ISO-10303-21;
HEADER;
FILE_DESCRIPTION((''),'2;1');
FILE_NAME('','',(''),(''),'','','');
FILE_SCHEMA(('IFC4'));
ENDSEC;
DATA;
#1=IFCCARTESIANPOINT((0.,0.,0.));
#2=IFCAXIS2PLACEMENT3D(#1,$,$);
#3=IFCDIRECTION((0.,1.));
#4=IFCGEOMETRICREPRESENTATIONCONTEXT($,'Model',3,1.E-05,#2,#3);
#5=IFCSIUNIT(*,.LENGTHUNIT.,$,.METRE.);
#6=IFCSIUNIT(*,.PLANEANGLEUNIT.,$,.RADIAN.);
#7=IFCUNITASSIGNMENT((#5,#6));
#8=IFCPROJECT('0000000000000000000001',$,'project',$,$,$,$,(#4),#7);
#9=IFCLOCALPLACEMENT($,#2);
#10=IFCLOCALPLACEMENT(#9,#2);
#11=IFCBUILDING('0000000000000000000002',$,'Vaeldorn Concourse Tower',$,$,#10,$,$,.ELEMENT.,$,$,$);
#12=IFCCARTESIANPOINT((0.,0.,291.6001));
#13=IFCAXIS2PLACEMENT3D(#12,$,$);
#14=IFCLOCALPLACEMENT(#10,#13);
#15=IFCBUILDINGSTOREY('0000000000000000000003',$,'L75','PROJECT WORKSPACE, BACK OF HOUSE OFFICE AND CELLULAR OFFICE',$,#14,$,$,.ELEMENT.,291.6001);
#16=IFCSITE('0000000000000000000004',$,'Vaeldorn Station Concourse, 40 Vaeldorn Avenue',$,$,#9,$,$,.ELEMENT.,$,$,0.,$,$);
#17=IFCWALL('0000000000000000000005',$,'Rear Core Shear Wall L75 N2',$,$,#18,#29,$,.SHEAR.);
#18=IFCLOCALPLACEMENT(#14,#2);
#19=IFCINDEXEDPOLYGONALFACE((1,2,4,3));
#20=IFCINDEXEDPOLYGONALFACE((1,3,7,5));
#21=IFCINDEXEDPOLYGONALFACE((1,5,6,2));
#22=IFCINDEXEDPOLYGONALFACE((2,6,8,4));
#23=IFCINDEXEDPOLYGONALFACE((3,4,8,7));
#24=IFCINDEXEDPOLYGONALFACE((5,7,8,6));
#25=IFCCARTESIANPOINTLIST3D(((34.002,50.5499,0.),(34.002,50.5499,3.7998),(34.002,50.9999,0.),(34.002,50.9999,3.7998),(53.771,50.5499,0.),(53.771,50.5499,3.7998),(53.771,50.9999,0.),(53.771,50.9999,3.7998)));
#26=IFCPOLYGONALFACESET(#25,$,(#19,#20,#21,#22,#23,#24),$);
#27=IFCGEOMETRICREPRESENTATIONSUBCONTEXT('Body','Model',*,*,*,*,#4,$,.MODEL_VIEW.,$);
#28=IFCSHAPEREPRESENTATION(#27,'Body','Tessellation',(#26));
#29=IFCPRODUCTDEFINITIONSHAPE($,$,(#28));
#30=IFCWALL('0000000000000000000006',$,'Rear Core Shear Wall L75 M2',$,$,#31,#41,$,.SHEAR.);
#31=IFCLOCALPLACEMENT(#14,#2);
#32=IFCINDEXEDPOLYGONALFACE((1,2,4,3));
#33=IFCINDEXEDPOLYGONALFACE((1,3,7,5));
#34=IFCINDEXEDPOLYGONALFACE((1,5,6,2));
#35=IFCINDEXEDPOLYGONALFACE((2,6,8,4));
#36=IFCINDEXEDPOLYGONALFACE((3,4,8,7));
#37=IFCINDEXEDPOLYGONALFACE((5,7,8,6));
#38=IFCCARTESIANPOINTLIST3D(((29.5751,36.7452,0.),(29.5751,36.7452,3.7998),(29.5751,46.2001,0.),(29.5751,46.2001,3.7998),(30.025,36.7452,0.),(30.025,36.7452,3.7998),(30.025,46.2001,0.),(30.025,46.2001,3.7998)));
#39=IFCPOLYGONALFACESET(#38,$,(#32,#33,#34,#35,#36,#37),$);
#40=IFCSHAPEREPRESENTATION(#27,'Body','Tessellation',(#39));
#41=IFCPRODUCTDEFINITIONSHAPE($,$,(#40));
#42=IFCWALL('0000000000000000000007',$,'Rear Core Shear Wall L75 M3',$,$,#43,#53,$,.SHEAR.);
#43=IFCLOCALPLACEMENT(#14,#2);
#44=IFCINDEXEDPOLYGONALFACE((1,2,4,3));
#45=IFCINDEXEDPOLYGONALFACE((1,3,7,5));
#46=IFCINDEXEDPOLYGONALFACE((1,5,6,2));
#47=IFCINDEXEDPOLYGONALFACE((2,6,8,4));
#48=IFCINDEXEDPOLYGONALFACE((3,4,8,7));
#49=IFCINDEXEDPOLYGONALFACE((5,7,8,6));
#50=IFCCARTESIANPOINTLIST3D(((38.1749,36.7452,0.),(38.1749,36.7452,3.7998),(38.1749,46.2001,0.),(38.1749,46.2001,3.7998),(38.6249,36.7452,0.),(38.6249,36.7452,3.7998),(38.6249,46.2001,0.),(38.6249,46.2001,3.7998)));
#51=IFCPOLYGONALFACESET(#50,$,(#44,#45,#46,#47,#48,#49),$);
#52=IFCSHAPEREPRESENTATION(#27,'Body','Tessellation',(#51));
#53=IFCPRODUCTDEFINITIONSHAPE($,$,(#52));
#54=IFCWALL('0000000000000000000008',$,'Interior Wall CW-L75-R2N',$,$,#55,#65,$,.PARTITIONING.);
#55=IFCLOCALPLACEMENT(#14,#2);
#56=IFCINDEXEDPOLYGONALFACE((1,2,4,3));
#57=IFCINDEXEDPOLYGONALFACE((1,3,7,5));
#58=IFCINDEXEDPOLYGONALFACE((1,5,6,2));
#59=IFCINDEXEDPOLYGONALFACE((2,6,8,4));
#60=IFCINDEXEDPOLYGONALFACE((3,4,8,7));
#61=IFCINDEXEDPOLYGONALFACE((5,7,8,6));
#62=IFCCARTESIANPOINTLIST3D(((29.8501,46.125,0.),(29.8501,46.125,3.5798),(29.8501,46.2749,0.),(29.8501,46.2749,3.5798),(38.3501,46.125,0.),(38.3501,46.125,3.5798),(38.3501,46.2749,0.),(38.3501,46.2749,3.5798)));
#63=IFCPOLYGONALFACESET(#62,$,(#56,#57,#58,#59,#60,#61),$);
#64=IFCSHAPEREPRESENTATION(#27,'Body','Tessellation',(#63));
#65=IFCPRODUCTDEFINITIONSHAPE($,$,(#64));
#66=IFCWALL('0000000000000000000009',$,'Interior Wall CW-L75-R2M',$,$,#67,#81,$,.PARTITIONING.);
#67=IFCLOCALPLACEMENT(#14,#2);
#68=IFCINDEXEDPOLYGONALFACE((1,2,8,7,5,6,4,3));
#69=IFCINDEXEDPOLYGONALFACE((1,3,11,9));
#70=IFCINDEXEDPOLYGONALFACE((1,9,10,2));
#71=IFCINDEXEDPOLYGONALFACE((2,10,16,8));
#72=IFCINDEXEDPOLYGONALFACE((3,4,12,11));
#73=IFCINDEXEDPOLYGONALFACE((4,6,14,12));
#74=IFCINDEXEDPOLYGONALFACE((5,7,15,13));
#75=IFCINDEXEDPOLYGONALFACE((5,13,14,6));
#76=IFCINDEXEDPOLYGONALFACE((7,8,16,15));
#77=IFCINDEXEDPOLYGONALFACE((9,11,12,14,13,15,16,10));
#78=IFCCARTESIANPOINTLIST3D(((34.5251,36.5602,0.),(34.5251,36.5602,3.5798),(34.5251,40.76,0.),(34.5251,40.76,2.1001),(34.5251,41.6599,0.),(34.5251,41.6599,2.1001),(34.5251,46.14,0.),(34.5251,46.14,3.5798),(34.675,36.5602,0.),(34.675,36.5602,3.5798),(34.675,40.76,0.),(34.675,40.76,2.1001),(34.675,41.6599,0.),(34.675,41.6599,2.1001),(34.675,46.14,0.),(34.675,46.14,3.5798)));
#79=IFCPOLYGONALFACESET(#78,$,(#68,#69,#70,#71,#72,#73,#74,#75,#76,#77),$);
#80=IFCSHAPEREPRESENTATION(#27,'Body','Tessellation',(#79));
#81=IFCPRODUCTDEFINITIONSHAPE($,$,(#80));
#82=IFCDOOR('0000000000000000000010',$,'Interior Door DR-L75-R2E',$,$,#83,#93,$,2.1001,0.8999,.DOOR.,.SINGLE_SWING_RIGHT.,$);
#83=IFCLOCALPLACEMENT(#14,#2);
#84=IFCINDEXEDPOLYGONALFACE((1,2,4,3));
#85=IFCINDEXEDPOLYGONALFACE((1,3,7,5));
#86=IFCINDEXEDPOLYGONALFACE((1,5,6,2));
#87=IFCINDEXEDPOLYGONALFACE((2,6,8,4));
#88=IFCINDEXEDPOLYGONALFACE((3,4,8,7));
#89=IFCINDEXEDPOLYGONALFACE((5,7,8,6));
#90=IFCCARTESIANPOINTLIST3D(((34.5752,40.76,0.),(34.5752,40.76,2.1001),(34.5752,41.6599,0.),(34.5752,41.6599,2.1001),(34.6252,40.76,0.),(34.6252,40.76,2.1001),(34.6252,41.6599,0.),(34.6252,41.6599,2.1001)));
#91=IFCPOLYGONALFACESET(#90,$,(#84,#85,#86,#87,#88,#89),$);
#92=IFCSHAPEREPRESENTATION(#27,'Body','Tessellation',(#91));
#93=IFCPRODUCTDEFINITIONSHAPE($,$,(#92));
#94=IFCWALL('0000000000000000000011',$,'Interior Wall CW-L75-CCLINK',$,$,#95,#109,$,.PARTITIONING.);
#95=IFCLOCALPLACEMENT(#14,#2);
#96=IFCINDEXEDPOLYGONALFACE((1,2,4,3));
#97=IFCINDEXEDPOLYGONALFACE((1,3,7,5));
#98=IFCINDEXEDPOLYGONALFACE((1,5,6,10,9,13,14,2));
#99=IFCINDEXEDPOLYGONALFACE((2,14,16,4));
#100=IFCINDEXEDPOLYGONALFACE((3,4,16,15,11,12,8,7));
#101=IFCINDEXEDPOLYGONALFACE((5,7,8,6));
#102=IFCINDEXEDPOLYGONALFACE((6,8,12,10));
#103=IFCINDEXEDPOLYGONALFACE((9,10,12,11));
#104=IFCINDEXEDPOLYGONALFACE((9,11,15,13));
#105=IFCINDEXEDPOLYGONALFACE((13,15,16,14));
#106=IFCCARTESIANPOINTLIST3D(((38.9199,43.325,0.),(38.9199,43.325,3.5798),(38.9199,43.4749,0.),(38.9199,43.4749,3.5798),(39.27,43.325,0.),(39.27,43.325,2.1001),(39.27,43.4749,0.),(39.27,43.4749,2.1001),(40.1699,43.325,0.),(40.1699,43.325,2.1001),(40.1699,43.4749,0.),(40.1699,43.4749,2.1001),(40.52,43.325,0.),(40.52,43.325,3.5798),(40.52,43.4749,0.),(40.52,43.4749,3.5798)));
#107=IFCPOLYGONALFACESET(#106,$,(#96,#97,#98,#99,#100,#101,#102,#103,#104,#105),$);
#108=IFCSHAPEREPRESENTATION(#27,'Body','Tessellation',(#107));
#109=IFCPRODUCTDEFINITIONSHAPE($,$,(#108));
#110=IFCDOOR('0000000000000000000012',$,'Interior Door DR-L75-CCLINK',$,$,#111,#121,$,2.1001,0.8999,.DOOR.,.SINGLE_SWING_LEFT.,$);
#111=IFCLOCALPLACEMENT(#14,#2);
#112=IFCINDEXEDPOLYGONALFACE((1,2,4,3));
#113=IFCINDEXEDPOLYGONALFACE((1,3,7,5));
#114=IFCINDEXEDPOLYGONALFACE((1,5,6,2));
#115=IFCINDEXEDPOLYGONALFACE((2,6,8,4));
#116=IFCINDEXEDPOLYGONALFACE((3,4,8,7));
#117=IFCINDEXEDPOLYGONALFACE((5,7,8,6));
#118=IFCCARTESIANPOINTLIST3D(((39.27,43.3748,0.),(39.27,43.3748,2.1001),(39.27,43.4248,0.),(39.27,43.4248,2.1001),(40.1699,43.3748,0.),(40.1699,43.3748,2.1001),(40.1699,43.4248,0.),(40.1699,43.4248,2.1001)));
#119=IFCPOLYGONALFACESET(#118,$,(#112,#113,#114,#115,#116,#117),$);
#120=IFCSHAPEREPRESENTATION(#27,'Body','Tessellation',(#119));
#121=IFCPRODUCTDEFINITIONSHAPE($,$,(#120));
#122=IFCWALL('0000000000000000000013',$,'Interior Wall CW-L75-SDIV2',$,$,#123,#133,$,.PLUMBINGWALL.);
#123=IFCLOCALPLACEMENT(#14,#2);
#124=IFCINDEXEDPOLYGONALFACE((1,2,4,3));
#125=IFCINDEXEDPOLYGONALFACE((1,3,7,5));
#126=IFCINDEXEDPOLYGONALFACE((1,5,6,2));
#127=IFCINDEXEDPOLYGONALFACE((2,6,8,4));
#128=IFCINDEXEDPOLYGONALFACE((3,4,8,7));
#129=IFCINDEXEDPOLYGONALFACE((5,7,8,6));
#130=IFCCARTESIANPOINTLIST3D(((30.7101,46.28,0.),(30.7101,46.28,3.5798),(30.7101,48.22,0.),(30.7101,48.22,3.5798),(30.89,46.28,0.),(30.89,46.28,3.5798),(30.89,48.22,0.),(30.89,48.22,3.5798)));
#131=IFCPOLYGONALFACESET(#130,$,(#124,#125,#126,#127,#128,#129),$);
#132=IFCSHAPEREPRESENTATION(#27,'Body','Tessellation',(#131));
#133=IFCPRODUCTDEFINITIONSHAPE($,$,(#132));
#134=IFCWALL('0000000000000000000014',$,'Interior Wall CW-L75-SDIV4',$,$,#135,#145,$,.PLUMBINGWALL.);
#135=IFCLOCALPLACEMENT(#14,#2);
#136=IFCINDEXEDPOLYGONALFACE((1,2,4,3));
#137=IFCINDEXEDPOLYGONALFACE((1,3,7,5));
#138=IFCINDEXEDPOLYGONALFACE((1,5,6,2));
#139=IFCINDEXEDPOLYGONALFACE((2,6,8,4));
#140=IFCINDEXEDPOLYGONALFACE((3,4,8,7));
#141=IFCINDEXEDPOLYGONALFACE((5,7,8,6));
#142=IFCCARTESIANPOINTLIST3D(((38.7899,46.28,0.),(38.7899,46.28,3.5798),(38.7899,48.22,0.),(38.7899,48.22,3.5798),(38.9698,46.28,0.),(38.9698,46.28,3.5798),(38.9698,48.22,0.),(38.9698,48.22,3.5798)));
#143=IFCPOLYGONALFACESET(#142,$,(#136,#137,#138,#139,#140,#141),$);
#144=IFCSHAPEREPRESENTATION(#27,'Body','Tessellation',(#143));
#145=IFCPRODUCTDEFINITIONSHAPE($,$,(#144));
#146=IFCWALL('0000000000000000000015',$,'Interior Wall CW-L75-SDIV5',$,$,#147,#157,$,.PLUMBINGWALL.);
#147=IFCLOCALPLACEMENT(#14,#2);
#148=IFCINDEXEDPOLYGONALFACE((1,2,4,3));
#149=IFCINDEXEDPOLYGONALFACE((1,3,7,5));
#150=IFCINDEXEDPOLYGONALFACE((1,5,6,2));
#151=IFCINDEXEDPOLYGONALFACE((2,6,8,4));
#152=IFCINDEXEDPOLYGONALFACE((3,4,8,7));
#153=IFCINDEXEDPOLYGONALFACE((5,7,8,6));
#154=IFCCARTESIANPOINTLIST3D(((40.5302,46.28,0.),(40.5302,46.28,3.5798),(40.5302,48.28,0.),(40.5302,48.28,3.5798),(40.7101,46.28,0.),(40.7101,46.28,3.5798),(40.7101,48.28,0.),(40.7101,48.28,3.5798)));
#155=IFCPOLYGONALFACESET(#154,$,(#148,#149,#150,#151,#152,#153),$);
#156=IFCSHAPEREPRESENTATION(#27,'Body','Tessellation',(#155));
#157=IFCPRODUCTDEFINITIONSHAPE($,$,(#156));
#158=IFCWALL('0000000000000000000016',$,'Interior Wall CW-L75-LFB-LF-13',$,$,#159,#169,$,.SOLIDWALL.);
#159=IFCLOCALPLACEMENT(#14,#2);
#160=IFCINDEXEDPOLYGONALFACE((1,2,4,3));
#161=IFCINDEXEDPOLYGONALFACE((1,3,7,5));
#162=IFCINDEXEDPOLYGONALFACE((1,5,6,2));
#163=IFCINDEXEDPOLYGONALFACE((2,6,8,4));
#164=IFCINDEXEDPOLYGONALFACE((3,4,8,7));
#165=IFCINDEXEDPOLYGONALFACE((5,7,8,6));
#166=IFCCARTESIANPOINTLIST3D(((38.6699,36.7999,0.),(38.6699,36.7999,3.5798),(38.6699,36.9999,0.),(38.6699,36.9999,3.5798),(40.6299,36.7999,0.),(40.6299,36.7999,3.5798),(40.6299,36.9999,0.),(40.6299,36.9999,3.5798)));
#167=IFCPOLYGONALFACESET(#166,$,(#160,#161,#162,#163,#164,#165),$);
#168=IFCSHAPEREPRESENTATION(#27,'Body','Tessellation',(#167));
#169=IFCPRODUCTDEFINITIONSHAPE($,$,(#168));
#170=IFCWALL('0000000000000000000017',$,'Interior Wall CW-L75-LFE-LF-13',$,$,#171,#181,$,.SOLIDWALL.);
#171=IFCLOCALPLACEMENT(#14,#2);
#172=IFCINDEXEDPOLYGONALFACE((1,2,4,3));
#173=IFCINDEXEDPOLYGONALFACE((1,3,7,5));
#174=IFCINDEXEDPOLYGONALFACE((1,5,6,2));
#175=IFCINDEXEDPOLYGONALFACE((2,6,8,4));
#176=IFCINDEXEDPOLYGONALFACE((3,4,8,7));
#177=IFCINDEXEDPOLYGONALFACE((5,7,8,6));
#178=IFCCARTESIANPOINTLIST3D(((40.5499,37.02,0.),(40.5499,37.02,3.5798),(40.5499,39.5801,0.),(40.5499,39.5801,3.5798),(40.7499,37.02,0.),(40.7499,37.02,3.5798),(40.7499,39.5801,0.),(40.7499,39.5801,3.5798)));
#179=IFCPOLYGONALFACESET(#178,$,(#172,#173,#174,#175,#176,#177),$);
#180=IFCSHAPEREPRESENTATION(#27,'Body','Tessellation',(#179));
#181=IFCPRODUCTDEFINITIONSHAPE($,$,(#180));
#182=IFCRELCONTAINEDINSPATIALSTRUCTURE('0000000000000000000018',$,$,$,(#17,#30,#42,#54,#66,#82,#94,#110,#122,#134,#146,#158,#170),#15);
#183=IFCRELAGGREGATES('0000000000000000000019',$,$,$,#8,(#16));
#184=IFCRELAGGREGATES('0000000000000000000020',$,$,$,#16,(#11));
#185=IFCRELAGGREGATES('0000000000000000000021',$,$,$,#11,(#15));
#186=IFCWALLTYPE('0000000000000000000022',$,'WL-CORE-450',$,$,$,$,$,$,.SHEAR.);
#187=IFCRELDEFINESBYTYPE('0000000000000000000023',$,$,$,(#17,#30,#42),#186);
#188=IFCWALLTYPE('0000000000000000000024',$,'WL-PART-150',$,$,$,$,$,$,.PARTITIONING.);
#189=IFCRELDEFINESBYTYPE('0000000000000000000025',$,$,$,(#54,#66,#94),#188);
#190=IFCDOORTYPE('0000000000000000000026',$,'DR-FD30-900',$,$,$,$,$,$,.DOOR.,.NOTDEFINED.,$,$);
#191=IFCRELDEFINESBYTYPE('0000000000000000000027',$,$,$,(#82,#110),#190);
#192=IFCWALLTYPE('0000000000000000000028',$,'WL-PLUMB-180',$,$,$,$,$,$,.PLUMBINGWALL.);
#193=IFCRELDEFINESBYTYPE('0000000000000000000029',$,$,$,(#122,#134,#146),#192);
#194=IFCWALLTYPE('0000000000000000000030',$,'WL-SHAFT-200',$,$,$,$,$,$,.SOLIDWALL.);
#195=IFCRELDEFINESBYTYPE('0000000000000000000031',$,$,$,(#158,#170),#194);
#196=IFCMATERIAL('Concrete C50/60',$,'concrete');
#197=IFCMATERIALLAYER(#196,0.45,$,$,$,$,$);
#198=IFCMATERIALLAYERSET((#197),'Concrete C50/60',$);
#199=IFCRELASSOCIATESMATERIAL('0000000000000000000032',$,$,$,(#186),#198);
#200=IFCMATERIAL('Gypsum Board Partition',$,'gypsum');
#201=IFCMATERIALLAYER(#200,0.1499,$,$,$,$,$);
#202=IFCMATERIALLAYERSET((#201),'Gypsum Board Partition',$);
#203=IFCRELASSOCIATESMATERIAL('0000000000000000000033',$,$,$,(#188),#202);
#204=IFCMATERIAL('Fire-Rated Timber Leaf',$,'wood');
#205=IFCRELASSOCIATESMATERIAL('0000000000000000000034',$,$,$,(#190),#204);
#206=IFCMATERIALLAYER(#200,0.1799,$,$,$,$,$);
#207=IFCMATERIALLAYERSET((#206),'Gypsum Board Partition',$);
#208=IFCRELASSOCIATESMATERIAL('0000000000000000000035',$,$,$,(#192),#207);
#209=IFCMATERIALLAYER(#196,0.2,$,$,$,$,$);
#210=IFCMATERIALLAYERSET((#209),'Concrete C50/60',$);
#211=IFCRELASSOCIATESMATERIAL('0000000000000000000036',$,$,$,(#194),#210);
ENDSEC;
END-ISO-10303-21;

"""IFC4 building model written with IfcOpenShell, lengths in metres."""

from ifc_helpers import new_model, si_unit, direction, frame, frame_2d, origin, place, context, subcontext, project, spatial, rectangle, extrude, source, transform, mapped, material, layer, layer_set, type_object, element, fill, save


model = new_model("IFC4")

# Units and contexts
model_context = context("Model", 3, precision=1e-05, world=origin(), true_north=direction((0.0, 1.0)))
body_context = subcontext(model_context, "Body", "Model", "MODEL_VIEW")
ifc_project = project(units=[si_unit("LENGTHUNIT", "METRE"), si_unit("PLANEANGLEUNIT", "RADIAN")], contexts=[model_context])

# Site, building, storey
site_placement = place(None, origin())
site = spatial("IfcSite", under=ifc_project, at=site_placement, Name="Vaeldorn Station Concourse, 40 Vaeldorn Avenue", CompositionType="ELEMENT", RefElevation=0.0)
building_placement = place(site_placement, origin())
building = spatial("IfcBuilding", under=site, at=building_placement, Name="Vaeldorn Concourse Tower", CompositionType="ELEMENT")
storey_placement = place(building_placement, frame((0.0, 0.0, 291.6001)))
storey = spatial("IfcBuildingStorey", under=building, at=storey_placement, Name="L75", Description="PROJECT WORKSPACE, BACK OF HOUSE OFFICE AND CELLULAR OFFICE", CompositionType="ELEMENT", Elevation=291.6001)

# Walls
ifc_material_1 = material(Name="Concrete C50/60", Category="concrete")
ifc_layer_1 = layer(ifc_material_1, 0.45)
ifc_layer_set_1 = layer_set([ifc_layer_1], Name="Concrete C50/60")
wall_type_1 = type_object("IfcWallType", Name="WL-CORE-450", PredefinedType="SHEAR", material=ifc_layer_set_1)
wall_1_placement = place(storey_placement, frame((34.002, 50.7749, 0.0), z_axis=(0.0, 0.0, 1.0), x_axis=(1.0, 0.0, 0.0)))
element("IfcWall", 1, at=wall_1_placement, inside=storey, type_object=wall_type_1, Name="Rear Core Shear Wall L75 N2", PredefinedType="SHEAR", context=body_context, shape_type="SweptSolid", body=[
    extrude(rectangle(XDim=19.769, YDim=0.45, at=frame_2d((9.8845, 0.0))), origin(), (0.0, 0.0, 1.0), 3.7998),
])
for number, where, z_axis, x_axis, name in (
    (2, (29.8, 36.7451, 0.0), (0.0, 0.0, 1.0), (0.0, 1.0, 0.0), "Rear Core Shear Wall L75 M2"),
    (3, (38.3999, 36.7451, 0.0), (0.0, 0.0, 1.0), (0.0, 1.0, 0.0), "Rear Core Shear Wall L75 M3"),
):
    element("IfcWall", number, at=place(storey_placement, frame(where, z_axis=z_axis, x_axis=x_axis)), inside=storey, type_object=wall_type_1, Name=name, PredefinedType="SHEAR", context=body_context, shape_type="SweptSolid", body=[
        extrude(rectangle(XDim=9.4548, YDim=0.45, at=frame_2d((4.7275, 0.0))), origin(), (0.0, 0.0, 1.0), 3.7998),
    ])
ifc_material_2 = material(Name="Gypsum Board Partition", Category="gypsum")
ifc_layer_2 = layer(ifc_material_2, 0.1499)
ifc_layer_set_2 = layer_set([ifc_layer_2], Name="Gypsum Board Partition")
wall_type_2 = type_object("IfcWallType", Name="WL-PART-150", PredefinedType="PARTITIONING", material=ifc_layer_set_2)
wall_2_placement = place(storey_placement, frame((29.8501, 46.2, 0.0), z_axis=(0.0, 0.0, 1.0), x_axis=(1.0, 0.0, 0.0)))
element("IfcWall", 4, at=wall_2_placement, inside=storey, type_object=wall_type_2, Name="Interior Wall CW-L75-R2N", PredefinedType="PARTITIONING", context=body_context, shape_type="SweptSolid", body=[
    extrude(rectangle(XDim=8.5, YDim=0.1499, at=frame_2d((4.25, 0.0))), origin(), (0.0, 0.0, 1.0), 3.5798),
])

# Walls, openings, doors
wall_3_placement = place(storey_placement, frame((34.6001, 36.5601, 0.0), z_axis=(0.0, 0.0, 1.0), x_axis=(0.0, 1.0, 0.0)))
wall_3 = element("IfcWall", 5, at=wall_3_placement, inside=storey, type_object=wall_type_2, Name="Interior Wall CW-L75-R2M", PredefinedType="PARTITIONING", context=body_context, shape_type="SweptSolid", body=[
    extrude(rectangle(XDim=9.5798, YDim=0.1499, at=frame_2d((4.79, 0.0))), origin(), (0.0, 0.0, 1.0), 3.5798),
])
opening_1_placement = place(wall_3_placement, frame((4.2, 0.0, 0.0)))
opening_1 = element("IfcOpeningElement", 6, at=opening_1_placement, cuts=wall_3, PredefinedType="OPENING", context=body_context, shape_type="SweptSolid", body=[
    extrude(rectangle(XDim=0.8999, YDim=2.1001, at=frame_2d((0.45, 1.05))), frame((0.0, 0.085, 0.0), z_axis=(0.0, -1.0, 0.0), x_axis=(1.0, 0.0, 0.0)), (0.0, 0.0, 1.0), 0.1699),
])
ifc_material_3 = material(Name="Fire-Rated Timber Leaf", Category="wood")
door_type_1 = type_object("IfcDoorType", Name="DR-FD30-900", OperationType="NOTDEFINED", PredefinedType="DOOR", material=ifc_material_3)
shared_shape_1 = source(origin(), body_context, "Body", "SweptSolid", [
    extrude(rectangle(XDim=0.8999, YDim=2.1001, at=frame_2d((0.45, 1.05))), frame((0.0, 0.0249, 0.0), z_axis=(0.0, -1.0, 0.0), x_axis=(1.0, 0.0, 0.0)), (0.0, 0.0, 1.0), 0.05),
])
door_1_placement = place(opening_1_placement, origin())
door_1 = element("IfcDoor", 7, at=door_1_placement, inside=storey, type_object=door_type_1, Name="Interior Door DR-L75-R2E", OperationType="SINGLE_SWING_RIGHT", OverallHeight=2.1001, OverallWidth=0.8999, PredefinedType="DOOR", context=body_context, shape_type="MappedRepresentation", body=[
    mapped(shared_shape_1, transform((0.0, 0.0, 0.0), scale=1.0)),
])
fill(opening_1, door_1)
wall_4_placement = place(storey_placement, frame((38.9199, 43.3999, 0.0), z_axis=(0.0, 0.0, 1.0), x_axis=(1.0, 0.0, 0.0)))
wall_4 = element("IfcWall", 8, at=wall_4_placement, inside=storey, type_object=wall_type_2, Name="Interior Wall CW-L75-CCLINK", PredefinedType="PARTITIONING", context=body_context, shape_type="SweptSolid", body=[
    extrude(rectangle(XDim=1.6001, YDim=0.1499, at=frame_2d((0.8, 0.0))), origin(), (0.0, 0.0, 1.0), 3.5798),
])
opening_2_placement = place(wall_4_placement, frame((0.3501, 0.0, 0.0)))
opening_2 = element("IfcOpeningElement", 9, at=opening_2_placement, cuts=wall_4, PredefinedType="OPENING", context=body_context, shape_type="SweptSolid", body=[
    extrude(rectangle(XDim=0.8999, YDim=2.1001, at=frame_2d((0.45, 1.05))), frame((0.0, 0.085, 0.0), z_axis=(0.0, -1.0, 0.0), x_axis=(1.0, 0.0, 0.0)), (0.0, 0.0, 1.0), 0.1699),
])
door_2_placement = place(opening_2_placement, origin())
door_2 = element("IfcDoor", 10, at=door_2_placement, inside=storey, type_object=door_type_1, Name="Interior Door DR-L75-CCLINK", OperationType="SINGLE_SWING_LEFT", OverallHeight=2.1001, OverallWidth=0.8999, PredefinedType="DOOR", context=body_context, shape_type="MappedRepresentation", body=[
    mapped(shared_shape_1, transform((0.0, 0.0, 0.0), scale=1.0)),
])
fill(opening_2, door_2)

# Walls
ifc_layer_3 = layer(ifc_material_2, 0.1799)
ifc_layer_set_3 = layer_set([ifc_layer_3], Name="Gypsum Board Partition")
wall_type_3 = type_object("IfcWallType", Name="WL-PLUMB-180", PredefinedType="PLUMBINGWALL", material=ifc_layer_set_3)
for number, where, z_axis, x_axis, name in (
    (11, (30.8, 46.28, 0.0), (0.0, 0.0, 1.0), (0.0, 1.0, 0.0), "Interior Wall CW-L75-SDIV2"),
    (12, (38.8799, 46.28, 0.0), (0.0, 0.0, 1.0), (0.0, 1.0, 0.0), "Interior Wall CW-L75-SDIV4"),
):
    element("IfcWall", number, at=place(storey_placement, frame(where, z_axis=z_axis, x_axis=x_axis)), inside=storey, type_object=wall_type_3, Name=name, PredefinedType="PLUMBINGWALL", context=body_context, shape_type="SweptSolid", body=[
        extrude(rectangle(XDim=1.9399, YDim=0.1799, at=frame_2d((0.97, 0.0))), origin(), (0.0, 0.0, 1.0), 3.5798),
    ])
wall_5_placement = place(storey_placement, frame((40.6201, 46.28, 0.0), z_axis=(0.0, 0.0, 1.0), x_axis=(0.0, 1.0, 0.0)))
element("IfcWall", 13, at=wall_5_placement, inside=storey, type_object=wall_type_3, Name="Interior Wall CW-L75-SDIV5", PredefinedType="PLUMBINGWALL", context=body_context, shape_type="SweptSolid", body=[
    extrude(rectangle(XDim=2.0, YDim=0.1799, at=frame_2d((1.0, 0.0))), origin(), (0.0, 0.0, 1.0), 3.5798),
])

# Shared definitions
ifc_layer_4 = layer(ifc_material_1, 0.2)
ifc_layer_set_4 = layer_set([ifc_layer_4], Name="Concrete C50/60")
wall_type_4 = type_object("IfcWallType", Name="WL-SHAFT-200", PredefinedType="SOLIDWALL", material=ifc_layer_set_4)

# Walls
wall_6_placement = place(storey_placement, frame((38.6699, 36.8999, 0.0), z_axis=(0.0, 0.0, 1.0), x_axis=(1.0, 0.0, 0.0)))
element("IfcWall", 14, at=wall_6_placement, inside=storey, type_object=wall_type_4, Name="Interior Wall CW-L75-LFB-LF-13", PredefinedType="SOLIDWALL", context=body_context, shape_type="SweptSolid", body=[
    extrude(rectangle(XDim=1.96, YDim=0.2, at=frame_2d((0.98, 0.0))), origin(), (0.0, 0.0, 1.0), 3.5798),
])
wall_7_placement = place(storey_placement, frame((40.6499, 37.02, 0.0), z_axis=(0.0, 0.0, 1.0), x_axis=(0.0, 1.0, 0.0)))
element("IfcWall", 15, at=wall_7_placement, inside=storey, type_object=wall_type_4, Name="Interior Wall CW-L75-LFE-LF-13", PredefinedType="SOLIDWALL", context=body_context, shape_type="SweptSolid", body=[
    extrude(rectangle(XDim=2.5601, YDim=0.2, at=frame_2d((1.28, 0.0))), origin(), (0.0, 0.0, 1.0), 3.5798),
])

save(model, "model.ifc")
